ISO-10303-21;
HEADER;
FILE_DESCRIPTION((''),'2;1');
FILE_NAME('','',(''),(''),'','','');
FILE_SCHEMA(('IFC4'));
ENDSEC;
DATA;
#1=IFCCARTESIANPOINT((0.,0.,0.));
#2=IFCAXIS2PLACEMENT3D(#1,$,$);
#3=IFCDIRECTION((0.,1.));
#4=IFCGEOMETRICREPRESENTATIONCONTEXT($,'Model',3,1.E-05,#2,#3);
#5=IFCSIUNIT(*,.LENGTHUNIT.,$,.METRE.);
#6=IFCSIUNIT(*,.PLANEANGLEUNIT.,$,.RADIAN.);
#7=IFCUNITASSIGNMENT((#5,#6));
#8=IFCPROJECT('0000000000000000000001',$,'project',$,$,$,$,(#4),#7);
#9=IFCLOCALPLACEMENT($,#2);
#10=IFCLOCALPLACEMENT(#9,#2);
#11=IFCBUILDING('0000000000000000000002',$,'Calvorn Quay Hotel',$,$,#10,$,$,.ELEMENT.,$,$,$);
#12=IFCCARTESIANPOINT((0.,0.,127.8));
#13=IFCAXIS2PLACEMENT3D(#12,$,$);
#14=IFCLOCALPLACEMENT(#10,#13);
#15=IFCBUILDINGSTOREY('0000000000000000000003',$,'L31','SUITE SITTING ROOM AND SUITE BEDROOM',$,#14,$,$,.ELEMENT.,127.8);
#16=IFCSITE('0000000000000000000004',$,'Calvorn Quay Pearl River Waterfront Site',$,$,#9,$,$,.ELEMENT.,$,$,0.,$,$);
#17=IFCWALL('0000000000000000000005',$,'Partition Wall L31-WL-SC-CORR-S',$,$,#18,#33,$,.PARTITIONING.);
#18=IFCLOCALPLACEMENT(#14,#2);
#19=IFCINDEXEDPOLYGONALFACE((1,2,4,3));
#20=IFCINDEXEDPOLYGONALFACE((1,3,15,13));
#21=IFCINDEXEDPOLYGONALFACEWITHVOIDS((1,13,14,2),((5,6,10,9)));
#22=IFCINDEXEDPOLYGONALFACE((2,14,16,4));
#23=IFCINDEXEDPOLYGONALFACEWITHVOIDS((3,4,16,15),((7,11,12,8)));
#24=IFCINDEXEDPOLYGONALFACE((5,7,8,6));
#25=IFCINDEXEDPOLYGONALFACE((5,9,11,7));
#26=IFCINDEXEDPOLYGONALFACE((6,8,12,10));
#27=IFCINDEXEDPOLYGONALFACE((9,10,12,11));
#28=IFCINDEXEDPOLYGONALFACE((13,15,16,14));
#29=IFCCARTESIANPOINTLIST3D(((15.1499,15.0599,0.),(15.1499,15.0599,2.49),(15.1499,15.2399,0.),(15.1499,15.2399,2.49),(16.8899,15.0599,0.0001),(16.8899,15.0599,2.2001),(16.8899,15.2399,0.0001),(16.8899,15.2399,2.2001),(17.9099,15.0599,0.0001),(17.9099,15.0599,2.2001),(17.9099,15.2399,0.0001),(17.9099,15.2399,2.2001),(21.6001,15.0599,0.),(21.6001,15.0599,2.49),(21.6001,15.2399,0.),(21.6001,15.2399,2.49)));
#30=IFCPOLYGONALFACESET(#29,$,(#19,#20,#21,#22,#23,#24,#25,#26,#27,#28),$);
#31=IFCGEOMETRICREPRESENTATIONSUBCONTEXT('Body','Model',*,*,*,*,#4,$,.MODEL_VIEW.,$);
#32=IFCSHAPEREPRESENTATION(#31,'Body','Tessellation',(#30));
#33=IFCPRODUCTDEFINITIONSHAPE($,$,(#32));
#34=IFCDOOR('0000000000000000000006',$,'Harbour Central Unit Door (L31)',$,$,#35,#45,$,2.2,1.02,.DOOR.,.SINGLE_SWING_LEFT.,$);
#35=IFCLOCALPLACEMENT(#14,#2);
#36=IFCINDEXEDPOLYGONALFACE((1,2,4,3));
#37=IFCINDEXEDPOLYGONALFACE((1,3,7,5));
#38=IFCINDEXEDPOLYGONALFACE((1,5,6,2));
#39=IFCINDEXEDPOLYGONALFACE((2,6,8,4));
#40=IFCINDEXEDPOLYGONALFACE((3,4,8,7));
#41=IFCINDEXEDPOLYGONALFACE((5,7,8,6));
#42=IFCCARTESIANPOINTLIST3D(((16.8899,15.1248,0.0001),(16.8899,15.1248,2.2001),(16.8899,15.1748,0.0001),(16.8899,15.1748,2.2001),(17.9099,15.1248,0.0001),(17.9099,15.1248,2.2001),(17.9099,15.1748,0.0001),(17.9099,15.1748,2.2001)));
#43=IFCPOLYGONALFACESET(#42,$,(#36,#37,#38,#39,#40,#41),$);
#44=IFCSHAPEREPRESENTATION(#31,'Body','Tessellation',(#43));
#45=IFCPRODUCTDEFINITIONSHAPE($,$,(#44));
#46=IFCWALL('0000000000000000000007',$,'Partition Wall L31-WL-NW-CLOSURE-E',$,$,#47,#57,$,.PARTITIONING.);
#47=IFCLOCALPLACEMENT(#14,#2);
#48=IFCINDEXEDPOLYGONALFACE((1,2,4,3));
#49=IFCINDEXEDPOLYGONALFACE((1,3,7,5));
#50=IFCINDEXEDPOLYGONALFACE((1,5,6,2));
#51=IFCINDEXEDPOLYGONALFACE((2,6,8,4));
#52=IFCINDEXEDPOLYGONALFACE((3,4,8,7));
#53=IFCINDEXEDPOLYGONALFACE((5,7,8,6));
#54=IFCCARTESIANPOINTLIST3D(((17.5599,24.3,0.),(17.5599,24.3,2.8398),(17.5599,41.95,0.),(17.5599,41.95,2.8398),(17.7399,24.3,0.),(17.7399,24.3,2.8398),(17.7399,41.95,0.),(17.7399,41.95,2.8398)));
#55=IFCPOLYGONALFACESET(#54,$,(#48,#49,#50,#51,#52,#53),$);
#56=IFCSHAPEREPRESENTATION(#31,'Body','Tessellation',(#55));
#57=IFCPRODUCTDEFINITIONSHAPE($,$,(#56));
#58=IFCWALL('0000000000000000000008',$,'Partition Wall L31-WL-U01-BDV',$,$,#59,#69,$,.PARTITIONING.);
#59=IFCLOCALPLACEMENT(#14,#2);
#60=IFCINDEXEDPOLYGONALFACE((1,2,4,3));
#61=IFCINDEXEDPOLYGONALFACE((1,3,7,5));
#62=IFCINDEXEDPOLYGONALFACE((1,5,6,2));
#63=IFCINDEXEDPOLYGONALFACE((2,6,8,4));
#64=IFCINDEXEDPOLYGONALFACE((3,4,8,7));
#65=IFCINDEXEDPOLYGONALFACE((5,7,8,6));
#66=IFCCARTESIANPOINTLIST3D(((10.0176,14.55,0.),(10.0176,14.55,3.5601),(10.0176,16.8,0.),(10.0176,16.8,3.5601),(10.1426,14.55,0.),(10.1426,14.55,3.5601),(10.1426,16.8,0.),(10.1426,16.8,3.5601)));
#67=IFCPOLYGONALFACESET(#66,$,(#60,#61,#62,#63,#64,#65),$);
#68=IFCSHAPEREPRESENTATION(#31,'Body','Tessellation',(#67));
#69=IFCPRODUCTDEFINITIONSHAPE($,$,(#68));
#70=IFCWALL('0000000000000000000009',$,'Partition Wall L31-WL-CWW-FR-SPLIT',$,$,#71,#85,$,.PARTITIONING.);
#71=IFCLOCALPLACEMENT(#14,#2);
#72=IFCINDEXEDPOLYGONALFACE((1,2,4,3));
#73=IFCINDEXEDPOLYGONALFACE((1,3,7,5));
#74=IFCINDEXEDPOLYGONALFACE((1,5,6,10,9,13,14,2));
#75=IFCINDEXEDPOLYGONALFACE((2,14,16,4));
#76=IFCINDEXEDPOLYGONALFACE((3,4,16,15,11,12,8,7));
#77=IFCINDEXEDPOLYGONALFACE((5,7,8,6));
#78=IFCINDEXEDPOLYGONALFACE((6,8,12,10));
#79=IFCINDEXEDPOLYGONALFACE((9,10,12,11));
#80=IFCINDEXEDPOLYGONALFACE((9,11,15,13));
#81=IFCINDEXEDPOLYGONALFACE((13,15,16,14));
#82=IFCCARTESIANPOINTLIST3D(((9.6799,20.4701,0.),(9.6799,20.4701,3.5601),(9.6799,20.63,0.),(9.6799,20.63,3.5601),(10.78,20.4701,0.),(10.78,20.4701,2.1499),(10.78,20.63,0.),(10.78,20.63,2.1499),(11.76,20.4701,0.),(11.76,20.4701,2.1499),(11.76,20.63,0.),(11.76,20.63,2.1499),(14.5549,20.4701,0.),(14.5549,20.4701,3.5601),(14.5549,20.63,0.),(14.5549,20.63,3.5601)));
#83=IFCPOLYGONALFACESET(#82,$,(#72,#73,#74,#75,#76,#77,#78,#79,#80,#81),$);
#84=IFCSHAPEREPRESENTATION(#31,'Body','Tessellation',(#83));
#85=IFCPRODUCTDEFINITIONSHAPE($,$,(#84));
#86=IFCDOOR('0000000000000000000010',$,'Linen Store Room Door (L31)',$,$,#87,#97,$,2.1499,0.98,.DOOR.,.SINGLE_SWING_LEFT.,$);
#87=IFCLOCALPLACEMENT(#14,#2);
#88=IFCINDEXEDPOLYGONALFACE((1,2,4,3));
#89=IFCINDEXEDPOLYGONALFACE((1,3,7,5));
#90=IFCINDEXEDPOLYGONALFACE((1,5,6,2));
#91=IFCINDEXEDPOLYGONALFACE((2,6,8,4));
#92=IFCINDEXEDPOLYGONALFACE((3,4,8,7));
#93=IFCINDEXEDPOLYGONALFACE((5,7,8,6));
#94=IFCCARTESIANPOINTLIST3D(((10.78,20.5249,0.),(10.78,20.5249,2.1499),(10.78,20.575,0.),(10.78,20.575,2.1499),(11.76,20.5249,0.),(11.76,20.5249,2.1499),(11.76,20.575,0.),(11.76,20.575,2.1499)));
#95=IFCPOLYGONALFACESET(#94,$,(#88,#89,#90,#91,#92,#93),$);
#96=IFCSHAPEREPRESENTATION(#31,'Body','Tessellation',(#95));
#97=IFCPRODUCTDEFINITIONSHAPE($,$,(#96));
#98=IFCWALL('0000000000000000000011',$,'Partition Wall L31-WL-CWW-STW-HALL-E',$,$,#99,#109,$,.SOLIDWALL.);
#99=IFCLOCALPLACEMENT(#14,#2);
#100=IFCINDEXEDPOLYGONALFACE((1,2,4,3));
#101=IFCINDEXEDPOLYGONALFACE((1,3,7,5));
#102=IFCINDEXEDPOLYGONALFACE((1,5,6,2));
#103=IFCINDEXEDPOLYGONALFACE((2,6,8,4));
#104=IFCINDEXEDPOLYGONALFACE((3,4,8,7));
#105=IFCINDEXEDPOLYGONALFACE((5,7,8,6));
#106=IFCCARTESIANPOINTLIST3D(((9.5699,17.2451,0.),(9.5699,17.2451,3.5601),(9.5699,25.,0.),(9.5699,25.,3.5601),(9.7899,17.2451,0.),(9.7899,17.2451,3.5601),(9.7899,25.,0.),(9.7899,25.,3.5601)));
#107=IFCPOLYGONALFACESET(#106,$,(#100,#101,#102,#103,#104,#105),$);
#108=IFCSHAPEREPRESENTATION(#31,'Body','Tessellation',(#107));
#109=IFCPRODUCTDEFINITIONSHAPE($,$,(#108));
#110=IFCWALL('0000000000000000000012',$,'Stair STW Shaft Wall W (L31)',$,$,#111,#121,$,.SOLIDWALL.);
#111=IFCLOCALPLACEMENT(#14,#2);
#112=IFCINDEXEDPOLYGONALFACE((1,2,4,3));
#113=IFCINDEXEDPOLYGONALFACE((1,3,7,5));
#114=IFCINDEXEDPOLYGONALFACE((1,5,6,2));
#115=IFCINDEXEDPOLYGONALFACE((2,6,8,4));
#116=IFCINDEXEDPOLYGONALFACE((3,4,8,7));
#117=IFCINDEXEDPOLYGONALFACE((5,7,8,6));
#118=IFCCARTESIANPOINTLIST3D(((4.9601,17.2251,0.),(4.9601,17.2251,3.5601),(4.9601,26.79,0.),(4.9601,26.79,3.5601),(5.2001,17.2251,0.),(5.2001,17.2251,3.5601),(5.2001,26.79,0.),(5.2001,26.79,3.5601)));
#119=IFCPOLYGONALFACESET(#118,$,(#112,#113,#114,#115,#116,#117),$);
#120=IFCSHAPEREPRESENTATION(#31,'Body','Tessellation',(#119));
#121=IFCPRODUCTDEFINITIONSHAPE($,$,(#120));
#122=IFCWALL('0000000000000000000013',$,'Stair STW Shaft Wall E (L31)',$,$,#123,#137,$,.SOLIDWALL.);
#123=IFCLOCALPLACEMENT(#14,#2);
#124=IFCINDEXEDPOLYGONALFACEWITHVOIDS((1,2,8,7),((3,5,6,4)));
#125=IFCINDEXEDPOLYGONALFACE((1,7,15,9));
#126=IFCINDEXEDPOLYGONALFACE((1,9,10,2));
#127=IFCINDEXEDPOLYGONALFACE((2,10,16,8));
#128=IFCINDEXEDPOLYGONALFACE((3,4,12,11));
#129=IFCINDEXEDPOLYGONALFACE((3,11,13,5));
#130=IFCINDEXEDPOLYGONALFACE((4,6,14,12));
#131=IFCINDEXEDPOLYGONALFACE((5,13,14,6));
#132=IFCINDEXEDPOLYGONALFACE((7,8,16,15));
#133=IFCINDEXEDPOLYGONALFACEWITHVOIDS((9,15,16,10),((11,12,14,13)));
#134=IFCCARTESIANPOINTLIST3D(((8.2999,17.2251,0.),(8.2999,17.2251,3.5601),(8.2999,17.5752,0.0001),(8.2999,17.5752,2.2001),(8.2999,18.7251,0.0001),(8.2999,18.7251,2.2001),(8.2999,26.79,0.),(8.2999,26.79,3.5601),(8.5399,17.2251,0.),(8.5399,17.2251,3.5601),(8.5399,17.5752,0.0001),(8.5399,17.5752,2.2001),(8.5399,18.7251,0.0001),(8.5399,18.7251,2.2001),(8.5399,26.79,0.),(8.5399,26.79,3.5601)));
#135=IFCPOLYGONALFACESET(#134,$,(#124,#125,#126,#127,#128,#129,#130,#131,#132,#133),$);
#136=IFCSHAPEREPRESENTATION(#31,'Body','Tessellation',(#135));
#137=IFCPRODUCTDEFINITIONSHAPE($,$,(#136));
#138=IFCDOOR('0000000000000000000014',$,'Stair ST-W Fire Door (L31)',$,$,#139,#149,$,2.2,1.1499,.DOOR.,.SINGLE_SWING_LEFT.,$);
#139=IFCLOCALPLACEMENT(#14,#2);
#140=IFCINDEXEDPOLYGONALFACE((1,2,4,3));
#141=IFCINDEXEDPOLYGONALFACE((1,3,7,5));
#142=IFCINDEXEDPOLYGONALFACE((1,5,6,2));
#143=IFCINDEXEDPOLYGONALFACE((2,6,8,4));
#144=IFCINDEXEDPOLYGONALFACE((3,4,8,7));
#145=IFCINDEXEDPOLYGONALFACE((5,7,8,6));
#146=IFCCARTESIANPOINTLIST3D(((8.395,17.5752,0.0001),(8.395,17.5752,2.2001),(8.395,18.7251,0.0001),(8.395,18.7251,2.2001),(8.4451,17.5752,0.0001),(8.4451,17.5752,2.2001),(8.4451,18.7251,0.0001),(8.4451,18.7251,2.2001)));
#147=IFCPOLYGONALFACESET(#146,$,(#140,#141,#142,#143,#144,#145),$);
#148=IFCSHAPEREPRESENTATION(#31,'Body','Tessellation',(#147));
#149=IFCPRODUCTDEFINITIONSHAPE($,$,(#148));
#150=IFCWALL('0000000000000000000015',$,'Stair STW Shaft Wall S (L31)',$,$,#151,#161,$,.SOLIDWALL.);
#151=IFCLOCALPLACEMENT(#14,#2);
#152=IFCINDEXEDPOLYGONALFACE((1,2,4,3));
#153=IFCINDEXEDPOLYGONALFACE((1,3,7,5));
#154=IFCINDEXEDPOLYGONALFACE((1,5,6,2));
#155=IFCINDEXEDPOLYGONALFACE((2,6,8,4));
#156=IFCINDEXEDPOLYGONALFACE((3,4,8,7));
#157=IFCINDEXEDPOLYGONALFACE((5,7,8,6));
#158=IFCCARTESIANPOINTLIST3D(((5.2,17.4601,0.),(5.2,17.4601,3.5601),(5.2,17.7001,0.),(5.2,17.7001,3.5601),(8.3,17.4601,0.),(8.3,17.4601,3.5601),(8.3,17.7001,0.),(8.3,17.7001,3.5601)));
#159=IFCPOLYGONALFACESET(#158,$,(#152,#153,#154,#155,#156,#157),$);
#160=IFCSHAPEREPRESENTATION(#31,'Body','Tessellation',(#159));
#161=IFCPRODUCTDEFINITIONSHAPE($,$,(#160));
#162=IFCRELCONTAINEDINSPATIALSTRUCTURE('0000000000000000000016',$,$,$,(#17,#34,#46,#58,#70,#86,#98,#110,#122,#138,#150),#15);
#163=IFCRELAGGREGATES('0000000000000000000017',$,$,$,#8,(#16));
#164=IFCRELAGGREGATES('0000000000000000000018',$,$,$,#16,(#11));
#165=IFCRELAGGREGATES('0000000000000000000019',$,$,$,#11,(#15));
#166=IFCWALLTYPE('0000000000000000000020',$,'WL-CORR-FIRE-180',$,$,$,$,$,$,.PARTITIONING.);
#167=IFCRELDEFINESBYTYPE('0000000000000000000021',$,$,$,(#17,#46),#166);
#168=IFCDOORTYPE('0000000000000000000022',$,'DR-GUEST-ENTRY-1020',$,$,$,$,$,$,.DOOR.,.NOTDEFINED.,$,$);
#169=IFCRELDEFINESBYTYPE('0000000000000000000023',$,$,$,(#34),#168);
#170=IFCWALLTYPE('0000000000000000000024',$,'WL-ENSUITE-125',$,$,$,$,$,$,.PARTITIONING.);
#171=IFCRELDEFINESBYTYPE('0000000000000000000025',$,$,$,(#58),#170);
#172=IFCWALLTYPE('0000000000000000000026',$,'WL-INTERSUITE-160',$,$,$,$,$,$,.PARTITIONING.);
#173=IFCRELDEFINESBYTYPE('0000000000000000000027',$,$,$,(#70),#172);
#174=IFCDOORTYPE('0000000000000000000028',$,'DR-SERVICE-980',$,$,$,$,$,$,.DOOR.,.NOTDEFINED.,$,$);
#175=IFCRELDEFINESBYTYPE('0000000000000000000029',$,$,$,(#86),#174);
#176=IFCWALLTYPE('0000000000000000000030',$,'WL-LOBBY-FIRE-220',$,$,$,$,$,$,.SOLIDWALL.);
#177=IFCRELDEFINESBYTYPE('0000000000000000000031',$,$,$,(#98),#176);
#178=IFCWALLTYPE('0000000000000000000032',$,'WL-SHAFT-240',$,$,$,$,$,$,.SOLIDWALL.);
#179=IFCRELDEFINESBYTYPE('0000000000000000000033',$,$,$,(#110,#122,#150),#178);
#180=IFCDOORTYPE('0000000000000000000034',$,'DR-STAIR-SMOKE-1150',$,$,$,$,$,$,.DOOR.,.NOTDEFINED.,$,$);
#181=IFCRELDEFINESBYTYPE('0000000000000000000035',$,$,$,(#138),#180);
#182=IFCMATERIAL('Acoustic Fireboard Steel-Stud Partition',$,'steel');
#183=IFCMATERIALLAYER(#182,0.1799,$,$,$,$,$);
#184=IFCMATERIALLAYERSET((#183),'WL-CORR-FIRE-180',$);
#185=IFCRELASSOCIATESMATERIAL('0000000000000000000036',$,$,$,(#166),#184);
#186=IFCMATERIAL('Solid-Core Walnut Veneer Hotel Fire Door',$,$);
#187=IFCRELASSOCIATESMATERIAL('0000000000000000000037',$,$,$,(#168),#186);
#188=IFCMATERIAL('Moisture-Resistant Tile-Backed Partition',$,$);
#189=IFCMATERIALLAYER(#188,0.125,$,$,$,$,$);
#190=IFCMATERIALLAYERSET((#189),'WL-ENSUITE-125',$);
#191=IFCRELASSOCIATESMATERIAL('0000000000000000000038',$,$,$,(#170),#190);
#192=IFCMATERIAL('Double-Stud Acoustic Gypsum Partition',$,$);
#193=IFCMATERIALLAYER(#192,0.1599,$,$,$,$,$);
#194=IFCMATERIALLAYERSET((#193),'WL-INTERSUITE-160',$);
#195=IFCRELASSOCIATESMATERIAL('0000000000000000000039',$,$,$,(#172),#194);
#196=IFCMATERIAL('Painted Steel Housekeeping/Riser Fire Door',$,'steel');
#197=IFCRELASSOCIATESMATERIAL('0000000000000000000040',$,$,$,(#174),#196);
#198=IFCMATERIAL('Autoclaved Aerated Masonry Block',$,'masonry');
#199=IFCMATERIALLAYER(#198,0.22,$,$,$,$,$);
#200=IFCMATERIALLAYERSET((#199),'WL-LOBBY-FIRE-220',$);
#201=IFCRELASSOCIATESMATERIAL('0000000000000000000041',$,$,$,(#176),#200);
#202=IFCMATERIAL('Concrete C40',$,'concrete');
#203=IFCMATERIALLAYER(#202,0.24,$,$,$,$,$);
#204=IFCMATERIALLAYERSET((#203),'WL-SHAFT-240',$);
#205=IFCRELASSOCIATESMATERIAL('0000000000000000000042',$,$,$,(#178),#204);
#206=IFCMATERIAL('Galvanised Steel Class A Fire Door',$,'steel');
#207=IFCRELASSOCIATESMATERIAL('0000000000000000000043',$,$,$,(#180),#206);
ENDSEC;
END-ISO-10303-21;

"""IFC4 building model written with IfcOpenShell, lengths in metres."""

from ifc_helpers import new_model, si_unit, direction, frame, frame_2d, origin, place, context, subcontext, project, spatial, rectangle, extrude, material, layer, layer_set, type_object, element, fill, save


model = new_model("IFC4")

# Units and contexts
model_context = context("Model", 3, precision=1e-05, world=origin(), true_north=direction((0.0, 1.0)))
body_context = subcontext(model_context, "Body", "Model", "MODEL_VIEW")
ifc_project = project(units=[si_unit("LENGTHUNIT", "METRE"), si_unit("PLANEANGLEUNIT", "RADIAN")], contexts=[model_context])

# Site, building, storey
site_placement = place(None, origin())
site = spatial("IfcSite", under=ifc_project, at=site_placement, Name="Calvorn Quay Pearl River Waterfront Site", CompositionType="ELEMENT", RefElevation=0.0)
building_placement = place(site_placement, origin())
building = spatial("IfcBuilding", under=site, at=building_placement, Name="Calvorn Quay Hotel", CompositionType="ELEMENT")
storey_placement = place(building_placement, frame((0.0, 0.0, 127.8)))
storey = spatial("IfcBuildingStorey", under=building, at=storey_placement, Name="L31", Description="SUITE SITTING ROOM AND SUITE BEDROOM", CompositionType="ELEMENT", Elevation=127.8)

# Wall, opening, door
ifc_material_1 = material(Name="Acoustic Fireboard Steel-Stud Partition", Category="steel")
ifc_layer_1 = layer(ifc_material_1, 0.1799)
ifc_layer_set_1 = layer_set([ifc_layer_1], Name="WL-CORR-FIRE-180")
wall_type_1 = type_object("IfcWallType", Name="WL-CORR-FIRE-180", PredefinedType="PARTITIONING", material=ifc_layer_set_1)
wall_1_placement = place(storey_placement, frame((15.1499, 15.1499, 0.0), z_axis=(0.0, 0.0, 1.0), x_axis=(1.0, 0.0, 0.0)))
wall_1 = element("IfcWall", 1, at=wall_1_placement, inside=storey, type_object=wall_type_1, Name="Partition Wall L31-WL-SC-CORR-S", PredefinedType="PARTITIONING", context=body_context, shape_type="SweptSolid", body=[
    extrude(rectangle(XDim=6.4502, YDim=0.1799, at=frame_2d((3.2251, 0.0))), origin(), (0.0, 0.0, 1.0), 2.49),
])
opening_1_placement = place(wall_1_placement, frame((1.74, 0.0, 0.0)))
opening_1 = element("IfcOpeningElement", 2, at=opening_1_placement, cuts=wall_1, PredefinedType="OPENING", context=body_context, shape_type="SweptSolid", body=[
    extrude(rectangle(XDim=1.02, YDim=2.2, at=frame_2d((0.51, 1.1001))), frame((0.0, 0.0999, 0.0), z_axis=(0.0, -1.0, 0.0), x_axis=(1.0, 0.0, 0.0)), (0.0, 0.0, 1.0), 0.2),
])
ifc_material_2 = material(Name="Solid-Core Walnut Veneer Hotel Fire Door")
door_type_1 = type_object("IfcDoorType", Name="DR-GUEST-ENTRY-1020", OperationType="NOTDEFINED", PredefinedType="DOOR", material=ifc_material_2)
door_1_placement = place(opening_1_placement, origin())
door_1 = element("IfcDoor", 3, at=door_1_placement, inside=storey, type_object=door_type_1, Name="Harbour Central Unit Door (L31)", OperationType="SINGLE_SWING_LEFT", OverallHeight=2.2, OverallWidth=1.02, PredefinedType="DOOR", context=body_context, shape_type="SweptSolid", body=[
    extrude(rectangle(XDim=1.02, YDim=2.2, at=frame_2d((0.51, 1.1001))), frame((0.0, 0.0249, 0.0), z_axis=(0.0, -1.0, 0.0), x_axis=(1.0, 0.0, 0.0)), (0.0, 0.0, 1.0), 0.05),
])
fill(opening_1, door_1)

# Walls
wall_2_placement = place(storey_placement, frame((17.6499, 24.3, 0.0), z_axis=(0.0, 0.0, 1.0), x_axis=(0.0, 1.0, 0.0)))
element("IfcWall", 4, at=wall_2_placement, inside=storey, type_object=wall_type_1, Name="Partition Wall L31-WL-NW-CLOSURE-E", PredefinedType="PARTITIONING", context=body_context, shape_type="SweptSolid", body=[
    extrude(rectangle(XDim=17.6499, YDim=0.1799, at=frame_2d((8.825, 0.0))), origin(), (0.0, 0.0, 1.0), 2.8398),
])
ifc_material_3 = material(Name="Moisture-Resistant Tile-Backed Partition")
ifc_layer_2 = layer(ifc_material_3, 0.125)
ifc_layer_set_2 = layer_set([ifc_layer_2], Name="WL-ENSUITE-125")
wall_type_2 = type_object("IfcWallType", Name="WL-ENSUITE-125", PredefinedType="PARTITIONING", material=ifc_layer_set_2)
wall_3_placement = place(storey_placement, frame((10.0801, 14.55, 0.0), z_axis=(0.0, 0.0, 1.0), x_axis=(0.0, 1.0, 0.0)))
element("IfcWall", 5, at=wall_3_placement, inside=storey, type_object=wall_type_2, Name="Partition Wall L31-WL-U01-BDV", PredefinedType="PARTITIONING", context=body_context, shape_type="SweptSolid", body=[
    extrude(rectangle(XDim=2.25, YDim=0.125, at=frame_2d((1.125, 0.0))), origin(), (0.0, 0.0, 1.0), 3.5601),
])

# Wall, opening, door
ifc_material_4 = material(Name="Double-Stud Acoustic Gypsum Partition")
ifc_layer_3 = layer(ifc_material_4, 0.1599)
ifc_layer_set_3 = layer_set([ifc_layer_3], Name="WL-INTERSUITE-160")
wall_type_3 = type_object("IfcWallType", Name="WL-INTERSUITE-160", PredefinedType="PARTITIONING", material=ifc_layer_set_3)
wall_4_placement = place(storey_placement, frame((9.6799, 20.55, 0.0), z_axis=(0.0, 0.0, 1.0), x_axis=(1.0, 0.0, 0.0)))
wall_4 = element("IfcWall", 6, at=wall_4_placement, inside=storey, type_object=wall_type_3, Name="Partition Wall L31-WL-CWW-FR-SPLIT", PredefinedType="PARTITIONING", context=body_context, shape_type="SweptSolid", body=[
    extrude(rectangle(XDim=4.875, YDim=0.1599, at=frame_2d((2.4375, 0.0))), origin(), (0.0, 0.0, 1.0), 3.5601),
])
opening_2_placement = place(wall_4_placement, frame((1.1001, 0.0, 0.0)))
opening_2 = element("IfcOpeningElement", 7, at=opening_2_placement, cuts=wall_4, PredefinedType="OPENING", context=body_context, shape_type="SweptSolid", body=[
    extrude(rectangle(XDim=0.98, YDim=2.1499, at=frame_2d((0.49, 1.075))), frame((0.0, 0.0898, 0.0), z_axis=(0.0, -1.0, 0.0), x_axis=(1.0, 0.0, 0.0)), (0.0, 0.0, 1.0), 0.1799),
])
ifc_material_5 = material(Name="Painted Steel Housekeeping/Riser Fire Door", Category="steel")
door_type_2 = type_object("IfcDoorType", Name="DR-SERVICE-980", OperationType="NOTDEFINED", PredefinedType="DOOR", material=ifc_material_5)
door_2_placement = place(opening_2_placement, origin())
door_2 = element("IfcDoor", 8, at=door_2_placement, inside=storey, type_object=door_type_2, Name="Linen Store Room Door (L31)", OperationType="SINGLE_SWING_LEFT", OverallHeight=2.1499, OverallWidth=0.98, PredefinedType="DOOR", context=body_context, shape_type="SweptSolid", body=[
    extrude(rectangle(XDim=0.98, YDim=2.1499, at=frame_2d((0.49, 1.075))), frame((0.0, 0.0249, 0.0), z_axis=(0.0, -1.0, 0.0), x_axis=(1.0, 0.0, 0.0)), (0.0, 0.0, 1.0), 0.05),
])
fill(opening_2, door_2)

# Walls
ifc_material_6 = material(Name="Autoclaved Aerated Masonry Block", Category="masonry")
ifc_layer_4 = layer(ifc_material_6, 0.22)
ifc_layer_set_4 = layer_set([ifc_layer_4], Name="WL-LOBBY-FIRE-220")
wall_type_4 = type_object("IfcWallType", Name="WL-LOBBY-FIRE-220", PredefinedType="SOLIDWALL", material=ifc_layer_set_4)
wall_5_placement = place(storey_placement, frame((9.6799, 17.2451, 0.0), z_axis=(0.0, 0.0, 1.0), x_axis=(0.0, 1.0, 0.0)))
element("IfcWall", 9, at=wall_5_placement, inside=storey, type_object=wall_type_4, Name="Partition Wall L31-WL-CWW-STW-HALL-E", PredefinedType="SOLIDWALL", context=body_context, shape_type="SweptSolid", body=[
    extrude(rectangle(XDim=7.7549, YDim=0.22, at=frame_2d((3.8774, 0.0))), origin(), (0.0, 0.0, 1.0), 3.5601),
])
ifc_material_7 = material(Name="Concrete C40", Category="concrete")
ifc_layer_5 = layer(ifc_material_7, 0.24)
ifc_layer_set_5 = layer_set([ifc_layer_5], Name="WL-SHAFT-240")
wall_type_5 = type_object("IfcWallType", Name="WL-SHAFT-240", PredefinedType="SOLIDWALL", material=ifc_layer_set_5)
wall_6_placement = place(storey_placement, frame((5.0801, 17.2251, 0.0), z_axis=(0.0, 0.0, 1.0), x_axis=(0.0, 1.0, 0.0)))
element("IfcWall", 10, at=wall_6_placement, inside=storey, type_object=wall_type_5, Name="Stair STW Shaft Wall W (L31)", PredefinedType="SOLIDWALL", context=body_context, shape_type="SweptSolid", body=[
    extrude(rectangle(XDim=9.5649, YDim=0.24, at=frame_2d((4.7825, 0.0))), origin(), (0.0, 0.0, 1.0), 3.5601),
])

# Wall, opening, door
wall_7_placement = place(storey_placement, frame((8.4199, 17.2251, 0.0), z_axis=(0.0, 0.0, 1.0), x_axis=(0.0, 1.0, 0.0)))
wall_7 = element("IfcWall", 11, at=wall_7_placement, inside=storey, type_object=wall_type_5, Name="Stair STW Shaft Wall E (L31)", PredefinedType="SOLIDWALL", context=body_context, shape_type="SweptSolid", body=[
    extrude(rectangle(XDim=9.5649, YDim=0.24, at=frame_2d((4.7825, 0.0))), origin(), (0.0, 0.0, 1.0), 3.5601),
])
opening_3_placement = place(wall_7_placement, frame((0.3501, 0.0, 0.0)))
opening_3 = element("IfcOpeningElement", 12, at=opening_3_placement, cuts=wall_7, PredefinedType="OPENING", context=body_context, shape_type="SweptSolid", body=[
    extrude(rectangle(XDim=1.1499, YDim=2.2, at=frame_2d((0.575, 1.1001))), frame((0.0, 0.1299, 0.0), z_axis=(0.0, -1.0, 0.0), x_axis=(1.0, 0.0, 0.0)), (0.0, 0.0, 1.0), 0.26),
])
ifc_material_8 = material(Name="Galvanised Steel Class A Fire Door", Category="steel")
door_type_3 = type_object("IfcDoorType", Name="DR-STAIR-SMOKE-1150", OperationType="NOTDEFINED", PredefinedType="DOOR", material=ifc_material_8)
door_3_placement = place(opening_3_placement, origin())
door_3 = element("IfcDoor", 13, at=door_3_placement, inside=storey, type_object=door_type_3, Name="Stair ST-W Fire Door (L31)", OperationType="SINGLE_SWING_LEFT", OverallHeight=2.2, OverallWidth=1.1499, PredefinedType="DOOR", context=body_context, shape_type="SweptSolid", body=[
    extrude(rectangle(XDim=1.1499, YDim=2.2, at=frame_2d((0.575, 1.1001))), frame((0.0, 0.0249, 0.0), z_axis=(0.0, -1.0, 0.0), x_axis=(1.0, 0.0, 0.0)), (0.0, 0.0, 1.0), 0.05),
])
fill(opening_3, door_3)

# Wall
wall_8_placement = place(storey_placement, frame((5.2, 17.5801, 0.0), z_axis=(0.0, 0.0, 1.0), x_axis=(1.0, 0.0, 0.0)))
element("IfcWall", 14, at=wall_8_placement, inside=storey, type_object=wall_type_5, Name="Stair STW Shaft Wall S (L31)", PredefinedType="SOLIDWALL", context=body_context, shape_type="SweptSolid", body=[
    extrude(rectangle(XDim=3.1001, YDim=0.24, at=frame_2d((1.55, 0.0))), origin(), (0.0, 0.0, 1.0), 3.5601),
])

save(model, "model.ifc")
